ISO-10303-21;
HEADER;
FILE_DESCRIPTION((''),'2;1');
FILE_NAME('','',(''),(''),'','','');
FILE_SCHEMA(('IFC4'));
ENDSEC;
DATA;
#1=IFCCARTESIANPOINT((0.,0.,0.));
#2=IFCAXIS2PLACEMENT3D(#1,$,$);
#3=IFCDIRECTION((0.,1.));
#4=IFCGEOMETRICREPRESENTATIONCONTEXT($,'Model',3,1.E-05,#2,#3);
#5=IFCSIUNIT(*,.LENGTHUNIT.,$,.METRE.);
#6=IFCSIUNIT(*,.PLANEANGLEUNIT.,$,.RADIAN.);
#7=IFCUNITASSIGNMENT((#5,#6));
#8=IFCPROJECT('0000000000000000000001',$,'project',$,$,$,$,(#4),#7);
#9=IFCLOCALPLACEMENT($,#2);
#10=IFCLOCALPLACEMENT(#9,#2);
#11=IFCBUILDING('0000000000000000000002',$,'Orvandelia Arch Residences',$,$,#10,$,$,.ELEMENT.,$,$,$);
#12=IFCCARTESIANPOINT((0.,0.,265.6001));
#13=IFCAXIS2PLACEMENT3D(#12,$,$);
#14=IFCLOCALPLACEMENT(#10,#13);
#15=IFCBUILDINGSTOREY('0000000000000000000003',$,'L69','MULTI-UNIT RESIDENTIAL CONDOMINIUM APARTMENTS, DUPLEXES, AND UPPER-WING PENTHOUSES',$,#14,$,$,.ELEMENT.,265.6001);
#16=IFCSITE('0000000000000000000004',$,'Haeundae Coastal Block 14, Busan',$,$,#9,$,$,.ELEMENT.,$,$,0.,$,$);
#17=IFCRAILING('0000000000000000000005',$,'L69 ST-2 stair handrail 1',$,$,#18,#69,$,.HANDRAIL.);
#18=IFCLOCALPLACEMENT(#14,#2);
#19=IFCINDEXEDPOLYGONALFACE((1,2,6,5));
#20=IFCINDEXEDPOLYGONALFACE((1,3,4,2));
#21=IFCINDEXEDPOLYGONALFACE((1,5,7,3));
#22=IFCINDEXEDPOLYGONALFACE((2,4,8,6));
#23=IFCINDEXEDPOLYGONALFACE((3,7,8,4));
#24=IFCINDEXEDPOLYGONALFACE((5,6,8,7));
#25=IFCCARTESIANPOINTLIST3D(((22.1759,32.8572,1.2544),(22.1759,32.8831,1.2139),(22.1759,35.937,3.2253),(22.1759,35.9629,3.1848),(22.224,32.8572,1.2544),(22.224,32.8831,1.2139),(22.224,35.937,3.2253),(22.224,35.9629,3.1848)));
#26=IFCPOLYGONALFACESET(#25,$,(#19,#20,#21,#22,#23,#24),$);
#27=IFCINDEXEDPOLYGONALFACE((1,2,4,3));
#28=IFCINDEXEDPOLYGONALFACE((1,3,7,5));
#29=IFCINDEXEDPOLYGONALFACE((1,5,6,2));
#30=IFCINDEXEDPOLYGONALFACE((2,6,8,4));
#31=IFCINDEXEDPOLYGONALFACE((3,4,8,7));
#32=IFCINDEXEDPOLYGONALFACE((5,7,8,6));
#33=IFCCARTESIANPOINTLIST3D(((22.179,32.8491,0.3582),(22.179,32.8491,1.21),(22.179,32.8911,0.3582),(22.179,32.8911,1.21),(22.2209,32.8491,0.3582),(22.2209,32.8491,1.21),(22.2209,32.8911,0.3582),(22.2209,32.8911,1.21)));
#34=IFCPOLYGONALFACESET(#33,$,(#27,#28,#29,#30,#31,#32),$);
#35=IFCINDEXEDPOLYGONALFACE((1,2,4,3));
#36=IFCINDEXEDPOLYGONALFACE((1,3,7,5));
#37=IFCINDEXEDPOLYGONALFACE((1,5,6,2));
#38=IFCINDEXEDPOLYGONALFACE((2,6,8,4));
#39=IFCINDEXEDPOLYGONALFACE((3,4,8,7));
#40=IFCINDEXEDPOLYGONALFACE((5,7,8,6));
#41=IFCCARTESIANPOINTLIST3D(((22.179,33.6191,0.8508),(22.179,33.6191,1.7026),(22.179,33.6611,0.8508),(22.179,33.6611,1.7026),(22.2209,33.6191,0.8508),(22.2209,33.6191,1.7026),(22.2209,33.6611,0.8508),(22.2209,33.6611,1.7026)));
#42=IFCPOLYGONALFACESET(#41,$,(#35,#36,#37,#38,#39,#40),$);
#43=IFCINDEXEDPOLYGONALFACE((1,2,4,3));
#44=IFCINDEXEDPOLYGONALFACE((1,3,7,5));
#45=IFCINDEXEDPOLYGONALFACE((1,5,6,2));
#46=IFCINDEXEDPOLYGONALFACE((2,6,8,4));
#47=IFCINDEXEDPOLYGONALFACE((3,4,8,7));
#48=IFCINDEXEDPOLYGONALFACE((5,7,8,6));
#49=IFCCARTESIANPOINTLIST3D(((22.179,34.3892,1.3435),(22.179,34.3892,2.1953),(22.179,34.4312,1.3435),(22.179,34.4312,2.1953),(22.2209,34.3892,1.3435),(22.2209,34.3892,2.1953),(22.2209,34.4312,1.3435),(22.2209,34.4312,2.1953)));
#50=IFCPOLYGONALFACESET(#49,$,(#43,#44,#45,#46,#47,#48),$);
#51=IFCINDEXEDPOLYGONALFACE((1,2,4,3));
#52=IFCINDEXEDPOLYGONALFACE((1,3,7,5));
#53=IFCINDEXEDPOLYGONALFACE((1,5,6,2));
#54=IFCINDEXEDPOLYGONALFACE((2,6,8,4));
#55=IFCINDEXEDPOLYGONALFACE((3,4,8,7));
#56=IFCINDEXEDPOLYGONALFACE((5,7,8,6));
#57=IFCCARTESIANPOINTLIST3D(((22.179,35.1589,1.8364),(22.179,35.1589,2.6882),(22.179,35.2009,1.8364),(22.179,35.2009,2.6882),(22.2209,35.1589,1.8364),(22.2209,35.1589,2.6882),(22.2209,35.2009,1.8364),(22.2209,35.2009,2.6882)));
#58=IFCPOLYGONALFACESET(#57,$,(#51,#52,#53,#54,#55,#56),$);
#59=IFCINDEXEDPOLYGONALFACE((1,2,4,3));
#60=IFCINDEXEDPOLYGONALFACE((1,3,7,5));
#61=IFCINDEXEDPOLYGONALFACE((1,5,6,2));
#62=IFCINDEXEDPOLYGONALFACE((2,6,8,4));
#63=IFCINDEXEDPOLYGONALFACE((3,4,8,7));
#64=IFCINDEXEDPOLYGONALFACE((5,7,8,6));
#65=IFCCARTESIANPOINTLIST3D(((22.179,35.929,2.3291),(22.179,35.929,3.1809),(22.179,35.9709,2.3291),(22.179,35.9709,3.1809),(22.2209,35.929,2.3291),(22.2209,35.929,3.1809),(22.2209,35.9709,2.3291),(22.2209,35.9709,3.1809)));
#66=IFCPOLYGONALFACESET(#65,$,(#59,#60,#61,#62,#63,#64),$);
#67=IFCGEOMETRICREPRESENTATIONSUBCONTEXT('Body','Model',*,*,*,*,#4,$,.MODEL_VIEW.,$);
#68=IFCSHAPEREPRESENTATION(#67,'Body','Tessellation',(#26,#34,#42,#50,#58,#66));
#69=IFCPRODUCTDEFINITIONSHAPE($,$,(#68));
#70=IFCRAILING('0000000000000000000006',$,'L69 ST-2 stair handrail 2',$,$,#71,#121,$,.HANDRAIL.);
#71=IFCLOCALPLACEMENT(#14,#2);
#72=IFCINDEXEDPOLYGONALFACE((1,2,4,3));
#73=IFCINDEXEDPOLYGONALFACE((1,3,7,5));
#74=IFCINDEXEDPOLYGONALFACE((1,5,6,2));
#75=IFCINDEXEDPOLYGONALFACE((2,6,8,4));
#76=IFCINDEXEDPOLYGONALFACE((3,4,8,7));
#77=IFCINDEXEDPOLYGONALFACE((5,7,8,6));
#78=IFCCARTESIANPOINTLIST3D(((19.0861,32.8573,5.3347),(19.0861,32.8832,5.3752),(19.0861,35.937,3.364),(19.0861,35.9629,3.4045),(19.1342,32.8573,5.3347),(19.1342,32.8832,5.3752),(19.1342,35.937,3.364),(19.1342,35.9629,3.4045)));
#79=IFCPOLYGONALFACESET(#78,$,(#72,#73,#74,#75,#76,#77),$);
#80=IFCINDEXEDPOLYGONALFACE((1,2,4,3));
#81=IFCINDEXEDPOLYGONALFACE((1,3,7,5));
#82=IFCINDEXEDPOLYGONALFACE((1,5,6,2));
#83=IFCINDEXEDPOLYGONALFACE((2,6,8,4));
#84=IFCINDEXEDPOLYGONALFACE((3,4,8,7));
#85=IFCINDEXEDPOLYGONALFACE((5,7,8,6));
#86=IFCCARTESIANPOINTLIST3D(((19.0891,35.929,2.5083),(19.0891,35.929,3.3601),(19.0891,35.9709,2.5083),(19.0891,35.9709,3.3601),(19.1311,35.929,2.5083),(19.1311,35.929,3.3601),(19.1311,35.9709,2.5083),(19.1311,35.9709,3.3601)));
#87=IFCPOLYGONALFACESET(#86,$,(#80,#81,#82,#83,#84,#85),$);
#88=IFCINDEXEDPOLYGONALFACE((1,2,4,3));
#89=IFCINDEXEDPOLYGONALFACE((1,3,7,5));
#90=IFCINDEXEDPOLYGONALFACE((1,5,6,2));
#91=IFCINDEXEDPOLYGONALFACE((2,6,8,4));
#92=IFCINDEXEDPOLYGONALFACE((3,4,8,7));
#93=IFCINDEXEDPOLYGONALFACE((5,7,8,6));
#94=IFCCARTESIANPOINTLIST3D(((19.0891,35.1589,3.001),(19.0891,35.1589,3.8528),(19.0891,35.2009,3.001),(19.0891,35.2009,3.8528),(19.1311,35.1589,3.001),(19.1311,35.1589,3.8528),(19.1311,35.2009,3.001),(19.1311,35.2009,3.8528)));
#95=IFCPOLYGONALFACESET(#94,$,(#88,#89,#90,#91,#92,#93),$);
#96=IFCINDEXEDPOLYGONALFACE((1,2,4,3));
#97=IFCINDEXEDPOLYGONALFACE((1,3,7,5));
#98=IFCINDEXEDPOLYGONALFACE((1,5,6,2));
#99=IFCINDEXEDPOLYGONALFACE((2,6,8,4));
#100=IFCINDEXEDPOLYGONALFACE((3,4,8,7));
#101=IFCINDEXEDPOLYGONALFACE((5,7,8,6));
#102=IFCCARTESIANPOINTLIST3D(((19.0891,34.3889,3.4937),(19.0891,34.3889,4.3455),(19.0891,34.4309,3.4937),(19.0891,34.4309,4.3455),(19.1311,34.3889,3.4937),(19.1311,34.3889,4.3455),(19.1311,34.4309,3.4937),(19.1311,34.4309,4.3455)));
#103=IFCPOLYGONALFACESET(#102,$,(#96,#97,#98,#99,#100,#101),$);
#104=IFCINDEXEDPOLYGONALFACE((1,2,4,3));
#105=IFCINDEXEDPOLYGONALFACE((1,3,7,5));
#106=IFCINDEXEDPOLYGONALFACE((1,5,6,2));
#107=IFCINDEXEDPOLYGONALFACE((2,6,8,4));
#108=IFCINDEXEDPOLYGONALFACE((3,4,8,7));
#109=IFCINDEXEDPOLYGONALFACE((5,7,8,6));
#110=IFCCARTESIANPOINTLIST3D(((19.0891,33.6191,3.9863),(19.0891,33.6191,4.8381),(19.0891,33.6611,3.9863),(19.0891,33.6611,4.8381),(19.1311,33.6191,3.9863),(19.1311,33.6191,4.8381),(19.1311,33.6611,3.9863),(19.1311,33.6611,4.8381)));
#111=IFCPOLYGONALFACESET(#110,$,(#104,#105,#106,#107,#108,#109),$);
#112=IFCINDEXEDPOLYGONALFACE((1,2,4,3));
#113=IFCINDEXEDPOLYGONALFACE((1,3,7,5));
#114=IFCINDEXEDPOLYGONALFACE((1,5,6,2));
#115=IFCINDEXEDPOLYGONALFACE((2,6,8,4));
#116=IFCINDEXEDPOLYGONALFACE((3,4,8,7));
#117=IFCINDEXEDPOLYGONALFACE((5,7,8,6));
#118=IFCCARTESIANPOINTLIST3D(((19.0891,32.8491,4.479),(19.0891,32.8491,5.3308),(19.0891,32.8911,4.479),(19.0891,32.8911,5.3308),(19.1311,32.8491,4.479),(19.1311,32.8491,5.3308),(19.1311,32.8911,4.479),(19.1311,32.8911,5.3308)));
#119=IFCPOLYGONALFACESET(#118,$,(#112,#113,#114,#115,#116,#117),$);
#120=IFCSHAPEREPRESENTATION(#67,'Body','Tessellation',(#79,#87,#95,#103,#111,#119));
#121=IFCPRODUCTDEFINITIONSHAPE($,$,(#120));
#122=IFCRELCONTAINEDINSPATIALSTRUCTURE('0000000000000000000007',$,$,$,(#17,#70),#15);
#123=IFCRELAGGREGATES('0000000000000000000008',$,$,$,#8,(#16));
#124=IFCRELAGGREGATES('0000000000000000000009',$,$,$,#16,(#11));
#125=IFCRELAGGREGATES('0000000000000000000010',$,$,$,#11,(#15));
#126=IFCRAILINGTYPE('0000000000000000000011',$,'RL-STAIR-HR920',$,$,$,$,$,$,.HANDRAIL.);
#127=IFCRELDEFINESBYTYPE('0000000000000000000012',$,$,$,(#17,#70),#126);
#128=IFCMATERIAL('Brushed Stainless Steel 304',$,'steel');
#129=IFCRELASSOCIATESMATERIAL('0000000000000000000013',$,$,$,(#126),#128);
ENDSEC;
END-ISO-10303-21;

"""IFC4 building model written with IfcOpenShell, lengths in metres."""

from ifc_helpers import new_model, si_unit, direction, frame, origin, origin_2d, place, context, subcontext, project, spatial, rectangle, extrude, material, type_object, element, save


model = new_model("IFC4")

# Units and contexts
model_context = context("Model", 3, precision=1e-05, world=origin(), true_north=direction((0.0, 1.0)))
body_context = subcontext(model_context, "Body", "Model", "MODEL_VIEW")
ifc_project = project(units=[si_unit("LENGTHUNIT", "METRE"), si_unit("PLANEANGLEUNIT", "RADIAN")], contexts=[model_context])

# Site, building, storey
site_placement = place(None, origin())
site = spatial("IfcSite", under=ifc_project, at=site_placement, Name="Haeundae Coastal Block 14, Busan", CompositionType="ELEMENT", RefElevation=0.0)
building_placement = place(site_placement, origin())
building = spatial("IfcBuilding", under=site, at=building_placement, Name="Orvandelia Arch Residences", CompositionType="ELEMENT")
storey_placement = place(building_placement, frame((0.0, 0.0, 265.6001)))
storey = spatial("IfcBuildingStorey", under=building, at=storey_placement, Name="L69", Description="MULTI-UNIT RESIDENTIAL CONDOMINIUM APARTMENTS, DUPLEXES, AND UPPER-WING PENTHOUSES", CompositionType="ELEMENT", Elevation=265.6001)

# Railings
ifc_material_1 = material(Name="Brushed Stainless Steel 304", Category="steel")
railing_type_1 = type_object("IfcRailingType", Name="RL-STAIR-HR920", PredefinedType="HANDRAIL", material=ifc_material_1)
railing_1_placement = place(storey_placement, frame((22.2, 32.8701, 0.3582)))
element("IfcRailing", 1, at=railing_1_placement, inside=storey, type_object=railing_type_1, Name="L69 ST-2 stair handrail 1", PredefinedType="HANDRAIL", context=body_context, shape_type="SweptSolid", body=[
    extrude(rectangle(XDim=0.0481, YDim=0.0481, at=origin_2d()), frame((0.0, 0.0, 0.876), z_axis=(0.0, 0.84229, 0.539025), x_axis=(-1.0, 0.0, 0.0)), (0.0, 0.0, 1.0), 3.6565),
    extrude(rectangle(XDim=0.042, YDim=0.042, at=origin_2d()), origin(), (0.0, 0.0, 1.0), 0.8518),
    extrude(rectangle(XDim=0.042, YDim=0.042, at=origin_2d()), frame((0.0, 0.77, 0.4927)), (0.0, 0.0, 1.0), 0.8518),
    extrude(rectangle(XDim=0.042, YDim=0.042, at=origin_2d()), frame((0.0, 1.54, 0.9854)), (0.0, 0.0, 1.0), 0.8518),
    extrude(rectangle(XDim=0.042, YDim=0.042, at=origin_2d()), frame((0.0, 2.3098, 1.4783)), (0.0, 0.0, 1.0), 0.8518),
    extrude(rectangle(XDim=0.042, YDim=0.042, at=origin_2d()), frame((0.0, 3.0798, 1.9709)), (0.0, 0.0, 1.0), 0.8518),
])
railing_2_placement = place(storey_placement, frame((19.1101, 35.95, 2.5083)))
element("IfcRailing", 2, at=railing_2_placement, inside=storey, type_object=railing_type_1, Name="L69 ST-2 stair handrail 2", PredefinedType="HANDRAIL", context=body_context, shape_type="SweptSolid", body=[
    extrude(rectangle(XDim=0.0481, YDim=0.0481, at=origin_2d()), frame((0.0, 0.0, 0.876), z_axis=(0.0, -0.84232, 0.538978), x_axis=(1.0, 0.0, 0.0)), (0.0, 0.0, 1.0), 3.6562),
    extrude(rectangle(XDim=0.042, YDim=0.042, at=origin_2d()), origin(), (0.0, 0.0, 1.0), 0.8518),
    extrude(rectangle(XDim=0.042, YDim=0.042, at=origin_2d()), frame((0.0, -0.77, 0.4927)), (0.0, 0.0, 1.0), 0.8518),
    extrude(rectangle(XDim=0.042, YDim=0.042, at=origin_2d()), frame((0.0, -1.54, 0.9854)), (0.0, 0.0, 1.0), 0.8518),
    extrude(rectangle(XDim=0.042, YDim=0.042, at=origin_2d()), frame((0.0, -2.3098, 1.478)), (0.0, 0.0, 1.0), 0.8518),
    extrude(rectangle(XDim=0.042, YDim=0.042, at=origin_2d()), frame((0.0, -3.0798, 1.9707)), (0.0, 0.0, 1.0), 0.8518),
])

save(model, "model.ifc")
